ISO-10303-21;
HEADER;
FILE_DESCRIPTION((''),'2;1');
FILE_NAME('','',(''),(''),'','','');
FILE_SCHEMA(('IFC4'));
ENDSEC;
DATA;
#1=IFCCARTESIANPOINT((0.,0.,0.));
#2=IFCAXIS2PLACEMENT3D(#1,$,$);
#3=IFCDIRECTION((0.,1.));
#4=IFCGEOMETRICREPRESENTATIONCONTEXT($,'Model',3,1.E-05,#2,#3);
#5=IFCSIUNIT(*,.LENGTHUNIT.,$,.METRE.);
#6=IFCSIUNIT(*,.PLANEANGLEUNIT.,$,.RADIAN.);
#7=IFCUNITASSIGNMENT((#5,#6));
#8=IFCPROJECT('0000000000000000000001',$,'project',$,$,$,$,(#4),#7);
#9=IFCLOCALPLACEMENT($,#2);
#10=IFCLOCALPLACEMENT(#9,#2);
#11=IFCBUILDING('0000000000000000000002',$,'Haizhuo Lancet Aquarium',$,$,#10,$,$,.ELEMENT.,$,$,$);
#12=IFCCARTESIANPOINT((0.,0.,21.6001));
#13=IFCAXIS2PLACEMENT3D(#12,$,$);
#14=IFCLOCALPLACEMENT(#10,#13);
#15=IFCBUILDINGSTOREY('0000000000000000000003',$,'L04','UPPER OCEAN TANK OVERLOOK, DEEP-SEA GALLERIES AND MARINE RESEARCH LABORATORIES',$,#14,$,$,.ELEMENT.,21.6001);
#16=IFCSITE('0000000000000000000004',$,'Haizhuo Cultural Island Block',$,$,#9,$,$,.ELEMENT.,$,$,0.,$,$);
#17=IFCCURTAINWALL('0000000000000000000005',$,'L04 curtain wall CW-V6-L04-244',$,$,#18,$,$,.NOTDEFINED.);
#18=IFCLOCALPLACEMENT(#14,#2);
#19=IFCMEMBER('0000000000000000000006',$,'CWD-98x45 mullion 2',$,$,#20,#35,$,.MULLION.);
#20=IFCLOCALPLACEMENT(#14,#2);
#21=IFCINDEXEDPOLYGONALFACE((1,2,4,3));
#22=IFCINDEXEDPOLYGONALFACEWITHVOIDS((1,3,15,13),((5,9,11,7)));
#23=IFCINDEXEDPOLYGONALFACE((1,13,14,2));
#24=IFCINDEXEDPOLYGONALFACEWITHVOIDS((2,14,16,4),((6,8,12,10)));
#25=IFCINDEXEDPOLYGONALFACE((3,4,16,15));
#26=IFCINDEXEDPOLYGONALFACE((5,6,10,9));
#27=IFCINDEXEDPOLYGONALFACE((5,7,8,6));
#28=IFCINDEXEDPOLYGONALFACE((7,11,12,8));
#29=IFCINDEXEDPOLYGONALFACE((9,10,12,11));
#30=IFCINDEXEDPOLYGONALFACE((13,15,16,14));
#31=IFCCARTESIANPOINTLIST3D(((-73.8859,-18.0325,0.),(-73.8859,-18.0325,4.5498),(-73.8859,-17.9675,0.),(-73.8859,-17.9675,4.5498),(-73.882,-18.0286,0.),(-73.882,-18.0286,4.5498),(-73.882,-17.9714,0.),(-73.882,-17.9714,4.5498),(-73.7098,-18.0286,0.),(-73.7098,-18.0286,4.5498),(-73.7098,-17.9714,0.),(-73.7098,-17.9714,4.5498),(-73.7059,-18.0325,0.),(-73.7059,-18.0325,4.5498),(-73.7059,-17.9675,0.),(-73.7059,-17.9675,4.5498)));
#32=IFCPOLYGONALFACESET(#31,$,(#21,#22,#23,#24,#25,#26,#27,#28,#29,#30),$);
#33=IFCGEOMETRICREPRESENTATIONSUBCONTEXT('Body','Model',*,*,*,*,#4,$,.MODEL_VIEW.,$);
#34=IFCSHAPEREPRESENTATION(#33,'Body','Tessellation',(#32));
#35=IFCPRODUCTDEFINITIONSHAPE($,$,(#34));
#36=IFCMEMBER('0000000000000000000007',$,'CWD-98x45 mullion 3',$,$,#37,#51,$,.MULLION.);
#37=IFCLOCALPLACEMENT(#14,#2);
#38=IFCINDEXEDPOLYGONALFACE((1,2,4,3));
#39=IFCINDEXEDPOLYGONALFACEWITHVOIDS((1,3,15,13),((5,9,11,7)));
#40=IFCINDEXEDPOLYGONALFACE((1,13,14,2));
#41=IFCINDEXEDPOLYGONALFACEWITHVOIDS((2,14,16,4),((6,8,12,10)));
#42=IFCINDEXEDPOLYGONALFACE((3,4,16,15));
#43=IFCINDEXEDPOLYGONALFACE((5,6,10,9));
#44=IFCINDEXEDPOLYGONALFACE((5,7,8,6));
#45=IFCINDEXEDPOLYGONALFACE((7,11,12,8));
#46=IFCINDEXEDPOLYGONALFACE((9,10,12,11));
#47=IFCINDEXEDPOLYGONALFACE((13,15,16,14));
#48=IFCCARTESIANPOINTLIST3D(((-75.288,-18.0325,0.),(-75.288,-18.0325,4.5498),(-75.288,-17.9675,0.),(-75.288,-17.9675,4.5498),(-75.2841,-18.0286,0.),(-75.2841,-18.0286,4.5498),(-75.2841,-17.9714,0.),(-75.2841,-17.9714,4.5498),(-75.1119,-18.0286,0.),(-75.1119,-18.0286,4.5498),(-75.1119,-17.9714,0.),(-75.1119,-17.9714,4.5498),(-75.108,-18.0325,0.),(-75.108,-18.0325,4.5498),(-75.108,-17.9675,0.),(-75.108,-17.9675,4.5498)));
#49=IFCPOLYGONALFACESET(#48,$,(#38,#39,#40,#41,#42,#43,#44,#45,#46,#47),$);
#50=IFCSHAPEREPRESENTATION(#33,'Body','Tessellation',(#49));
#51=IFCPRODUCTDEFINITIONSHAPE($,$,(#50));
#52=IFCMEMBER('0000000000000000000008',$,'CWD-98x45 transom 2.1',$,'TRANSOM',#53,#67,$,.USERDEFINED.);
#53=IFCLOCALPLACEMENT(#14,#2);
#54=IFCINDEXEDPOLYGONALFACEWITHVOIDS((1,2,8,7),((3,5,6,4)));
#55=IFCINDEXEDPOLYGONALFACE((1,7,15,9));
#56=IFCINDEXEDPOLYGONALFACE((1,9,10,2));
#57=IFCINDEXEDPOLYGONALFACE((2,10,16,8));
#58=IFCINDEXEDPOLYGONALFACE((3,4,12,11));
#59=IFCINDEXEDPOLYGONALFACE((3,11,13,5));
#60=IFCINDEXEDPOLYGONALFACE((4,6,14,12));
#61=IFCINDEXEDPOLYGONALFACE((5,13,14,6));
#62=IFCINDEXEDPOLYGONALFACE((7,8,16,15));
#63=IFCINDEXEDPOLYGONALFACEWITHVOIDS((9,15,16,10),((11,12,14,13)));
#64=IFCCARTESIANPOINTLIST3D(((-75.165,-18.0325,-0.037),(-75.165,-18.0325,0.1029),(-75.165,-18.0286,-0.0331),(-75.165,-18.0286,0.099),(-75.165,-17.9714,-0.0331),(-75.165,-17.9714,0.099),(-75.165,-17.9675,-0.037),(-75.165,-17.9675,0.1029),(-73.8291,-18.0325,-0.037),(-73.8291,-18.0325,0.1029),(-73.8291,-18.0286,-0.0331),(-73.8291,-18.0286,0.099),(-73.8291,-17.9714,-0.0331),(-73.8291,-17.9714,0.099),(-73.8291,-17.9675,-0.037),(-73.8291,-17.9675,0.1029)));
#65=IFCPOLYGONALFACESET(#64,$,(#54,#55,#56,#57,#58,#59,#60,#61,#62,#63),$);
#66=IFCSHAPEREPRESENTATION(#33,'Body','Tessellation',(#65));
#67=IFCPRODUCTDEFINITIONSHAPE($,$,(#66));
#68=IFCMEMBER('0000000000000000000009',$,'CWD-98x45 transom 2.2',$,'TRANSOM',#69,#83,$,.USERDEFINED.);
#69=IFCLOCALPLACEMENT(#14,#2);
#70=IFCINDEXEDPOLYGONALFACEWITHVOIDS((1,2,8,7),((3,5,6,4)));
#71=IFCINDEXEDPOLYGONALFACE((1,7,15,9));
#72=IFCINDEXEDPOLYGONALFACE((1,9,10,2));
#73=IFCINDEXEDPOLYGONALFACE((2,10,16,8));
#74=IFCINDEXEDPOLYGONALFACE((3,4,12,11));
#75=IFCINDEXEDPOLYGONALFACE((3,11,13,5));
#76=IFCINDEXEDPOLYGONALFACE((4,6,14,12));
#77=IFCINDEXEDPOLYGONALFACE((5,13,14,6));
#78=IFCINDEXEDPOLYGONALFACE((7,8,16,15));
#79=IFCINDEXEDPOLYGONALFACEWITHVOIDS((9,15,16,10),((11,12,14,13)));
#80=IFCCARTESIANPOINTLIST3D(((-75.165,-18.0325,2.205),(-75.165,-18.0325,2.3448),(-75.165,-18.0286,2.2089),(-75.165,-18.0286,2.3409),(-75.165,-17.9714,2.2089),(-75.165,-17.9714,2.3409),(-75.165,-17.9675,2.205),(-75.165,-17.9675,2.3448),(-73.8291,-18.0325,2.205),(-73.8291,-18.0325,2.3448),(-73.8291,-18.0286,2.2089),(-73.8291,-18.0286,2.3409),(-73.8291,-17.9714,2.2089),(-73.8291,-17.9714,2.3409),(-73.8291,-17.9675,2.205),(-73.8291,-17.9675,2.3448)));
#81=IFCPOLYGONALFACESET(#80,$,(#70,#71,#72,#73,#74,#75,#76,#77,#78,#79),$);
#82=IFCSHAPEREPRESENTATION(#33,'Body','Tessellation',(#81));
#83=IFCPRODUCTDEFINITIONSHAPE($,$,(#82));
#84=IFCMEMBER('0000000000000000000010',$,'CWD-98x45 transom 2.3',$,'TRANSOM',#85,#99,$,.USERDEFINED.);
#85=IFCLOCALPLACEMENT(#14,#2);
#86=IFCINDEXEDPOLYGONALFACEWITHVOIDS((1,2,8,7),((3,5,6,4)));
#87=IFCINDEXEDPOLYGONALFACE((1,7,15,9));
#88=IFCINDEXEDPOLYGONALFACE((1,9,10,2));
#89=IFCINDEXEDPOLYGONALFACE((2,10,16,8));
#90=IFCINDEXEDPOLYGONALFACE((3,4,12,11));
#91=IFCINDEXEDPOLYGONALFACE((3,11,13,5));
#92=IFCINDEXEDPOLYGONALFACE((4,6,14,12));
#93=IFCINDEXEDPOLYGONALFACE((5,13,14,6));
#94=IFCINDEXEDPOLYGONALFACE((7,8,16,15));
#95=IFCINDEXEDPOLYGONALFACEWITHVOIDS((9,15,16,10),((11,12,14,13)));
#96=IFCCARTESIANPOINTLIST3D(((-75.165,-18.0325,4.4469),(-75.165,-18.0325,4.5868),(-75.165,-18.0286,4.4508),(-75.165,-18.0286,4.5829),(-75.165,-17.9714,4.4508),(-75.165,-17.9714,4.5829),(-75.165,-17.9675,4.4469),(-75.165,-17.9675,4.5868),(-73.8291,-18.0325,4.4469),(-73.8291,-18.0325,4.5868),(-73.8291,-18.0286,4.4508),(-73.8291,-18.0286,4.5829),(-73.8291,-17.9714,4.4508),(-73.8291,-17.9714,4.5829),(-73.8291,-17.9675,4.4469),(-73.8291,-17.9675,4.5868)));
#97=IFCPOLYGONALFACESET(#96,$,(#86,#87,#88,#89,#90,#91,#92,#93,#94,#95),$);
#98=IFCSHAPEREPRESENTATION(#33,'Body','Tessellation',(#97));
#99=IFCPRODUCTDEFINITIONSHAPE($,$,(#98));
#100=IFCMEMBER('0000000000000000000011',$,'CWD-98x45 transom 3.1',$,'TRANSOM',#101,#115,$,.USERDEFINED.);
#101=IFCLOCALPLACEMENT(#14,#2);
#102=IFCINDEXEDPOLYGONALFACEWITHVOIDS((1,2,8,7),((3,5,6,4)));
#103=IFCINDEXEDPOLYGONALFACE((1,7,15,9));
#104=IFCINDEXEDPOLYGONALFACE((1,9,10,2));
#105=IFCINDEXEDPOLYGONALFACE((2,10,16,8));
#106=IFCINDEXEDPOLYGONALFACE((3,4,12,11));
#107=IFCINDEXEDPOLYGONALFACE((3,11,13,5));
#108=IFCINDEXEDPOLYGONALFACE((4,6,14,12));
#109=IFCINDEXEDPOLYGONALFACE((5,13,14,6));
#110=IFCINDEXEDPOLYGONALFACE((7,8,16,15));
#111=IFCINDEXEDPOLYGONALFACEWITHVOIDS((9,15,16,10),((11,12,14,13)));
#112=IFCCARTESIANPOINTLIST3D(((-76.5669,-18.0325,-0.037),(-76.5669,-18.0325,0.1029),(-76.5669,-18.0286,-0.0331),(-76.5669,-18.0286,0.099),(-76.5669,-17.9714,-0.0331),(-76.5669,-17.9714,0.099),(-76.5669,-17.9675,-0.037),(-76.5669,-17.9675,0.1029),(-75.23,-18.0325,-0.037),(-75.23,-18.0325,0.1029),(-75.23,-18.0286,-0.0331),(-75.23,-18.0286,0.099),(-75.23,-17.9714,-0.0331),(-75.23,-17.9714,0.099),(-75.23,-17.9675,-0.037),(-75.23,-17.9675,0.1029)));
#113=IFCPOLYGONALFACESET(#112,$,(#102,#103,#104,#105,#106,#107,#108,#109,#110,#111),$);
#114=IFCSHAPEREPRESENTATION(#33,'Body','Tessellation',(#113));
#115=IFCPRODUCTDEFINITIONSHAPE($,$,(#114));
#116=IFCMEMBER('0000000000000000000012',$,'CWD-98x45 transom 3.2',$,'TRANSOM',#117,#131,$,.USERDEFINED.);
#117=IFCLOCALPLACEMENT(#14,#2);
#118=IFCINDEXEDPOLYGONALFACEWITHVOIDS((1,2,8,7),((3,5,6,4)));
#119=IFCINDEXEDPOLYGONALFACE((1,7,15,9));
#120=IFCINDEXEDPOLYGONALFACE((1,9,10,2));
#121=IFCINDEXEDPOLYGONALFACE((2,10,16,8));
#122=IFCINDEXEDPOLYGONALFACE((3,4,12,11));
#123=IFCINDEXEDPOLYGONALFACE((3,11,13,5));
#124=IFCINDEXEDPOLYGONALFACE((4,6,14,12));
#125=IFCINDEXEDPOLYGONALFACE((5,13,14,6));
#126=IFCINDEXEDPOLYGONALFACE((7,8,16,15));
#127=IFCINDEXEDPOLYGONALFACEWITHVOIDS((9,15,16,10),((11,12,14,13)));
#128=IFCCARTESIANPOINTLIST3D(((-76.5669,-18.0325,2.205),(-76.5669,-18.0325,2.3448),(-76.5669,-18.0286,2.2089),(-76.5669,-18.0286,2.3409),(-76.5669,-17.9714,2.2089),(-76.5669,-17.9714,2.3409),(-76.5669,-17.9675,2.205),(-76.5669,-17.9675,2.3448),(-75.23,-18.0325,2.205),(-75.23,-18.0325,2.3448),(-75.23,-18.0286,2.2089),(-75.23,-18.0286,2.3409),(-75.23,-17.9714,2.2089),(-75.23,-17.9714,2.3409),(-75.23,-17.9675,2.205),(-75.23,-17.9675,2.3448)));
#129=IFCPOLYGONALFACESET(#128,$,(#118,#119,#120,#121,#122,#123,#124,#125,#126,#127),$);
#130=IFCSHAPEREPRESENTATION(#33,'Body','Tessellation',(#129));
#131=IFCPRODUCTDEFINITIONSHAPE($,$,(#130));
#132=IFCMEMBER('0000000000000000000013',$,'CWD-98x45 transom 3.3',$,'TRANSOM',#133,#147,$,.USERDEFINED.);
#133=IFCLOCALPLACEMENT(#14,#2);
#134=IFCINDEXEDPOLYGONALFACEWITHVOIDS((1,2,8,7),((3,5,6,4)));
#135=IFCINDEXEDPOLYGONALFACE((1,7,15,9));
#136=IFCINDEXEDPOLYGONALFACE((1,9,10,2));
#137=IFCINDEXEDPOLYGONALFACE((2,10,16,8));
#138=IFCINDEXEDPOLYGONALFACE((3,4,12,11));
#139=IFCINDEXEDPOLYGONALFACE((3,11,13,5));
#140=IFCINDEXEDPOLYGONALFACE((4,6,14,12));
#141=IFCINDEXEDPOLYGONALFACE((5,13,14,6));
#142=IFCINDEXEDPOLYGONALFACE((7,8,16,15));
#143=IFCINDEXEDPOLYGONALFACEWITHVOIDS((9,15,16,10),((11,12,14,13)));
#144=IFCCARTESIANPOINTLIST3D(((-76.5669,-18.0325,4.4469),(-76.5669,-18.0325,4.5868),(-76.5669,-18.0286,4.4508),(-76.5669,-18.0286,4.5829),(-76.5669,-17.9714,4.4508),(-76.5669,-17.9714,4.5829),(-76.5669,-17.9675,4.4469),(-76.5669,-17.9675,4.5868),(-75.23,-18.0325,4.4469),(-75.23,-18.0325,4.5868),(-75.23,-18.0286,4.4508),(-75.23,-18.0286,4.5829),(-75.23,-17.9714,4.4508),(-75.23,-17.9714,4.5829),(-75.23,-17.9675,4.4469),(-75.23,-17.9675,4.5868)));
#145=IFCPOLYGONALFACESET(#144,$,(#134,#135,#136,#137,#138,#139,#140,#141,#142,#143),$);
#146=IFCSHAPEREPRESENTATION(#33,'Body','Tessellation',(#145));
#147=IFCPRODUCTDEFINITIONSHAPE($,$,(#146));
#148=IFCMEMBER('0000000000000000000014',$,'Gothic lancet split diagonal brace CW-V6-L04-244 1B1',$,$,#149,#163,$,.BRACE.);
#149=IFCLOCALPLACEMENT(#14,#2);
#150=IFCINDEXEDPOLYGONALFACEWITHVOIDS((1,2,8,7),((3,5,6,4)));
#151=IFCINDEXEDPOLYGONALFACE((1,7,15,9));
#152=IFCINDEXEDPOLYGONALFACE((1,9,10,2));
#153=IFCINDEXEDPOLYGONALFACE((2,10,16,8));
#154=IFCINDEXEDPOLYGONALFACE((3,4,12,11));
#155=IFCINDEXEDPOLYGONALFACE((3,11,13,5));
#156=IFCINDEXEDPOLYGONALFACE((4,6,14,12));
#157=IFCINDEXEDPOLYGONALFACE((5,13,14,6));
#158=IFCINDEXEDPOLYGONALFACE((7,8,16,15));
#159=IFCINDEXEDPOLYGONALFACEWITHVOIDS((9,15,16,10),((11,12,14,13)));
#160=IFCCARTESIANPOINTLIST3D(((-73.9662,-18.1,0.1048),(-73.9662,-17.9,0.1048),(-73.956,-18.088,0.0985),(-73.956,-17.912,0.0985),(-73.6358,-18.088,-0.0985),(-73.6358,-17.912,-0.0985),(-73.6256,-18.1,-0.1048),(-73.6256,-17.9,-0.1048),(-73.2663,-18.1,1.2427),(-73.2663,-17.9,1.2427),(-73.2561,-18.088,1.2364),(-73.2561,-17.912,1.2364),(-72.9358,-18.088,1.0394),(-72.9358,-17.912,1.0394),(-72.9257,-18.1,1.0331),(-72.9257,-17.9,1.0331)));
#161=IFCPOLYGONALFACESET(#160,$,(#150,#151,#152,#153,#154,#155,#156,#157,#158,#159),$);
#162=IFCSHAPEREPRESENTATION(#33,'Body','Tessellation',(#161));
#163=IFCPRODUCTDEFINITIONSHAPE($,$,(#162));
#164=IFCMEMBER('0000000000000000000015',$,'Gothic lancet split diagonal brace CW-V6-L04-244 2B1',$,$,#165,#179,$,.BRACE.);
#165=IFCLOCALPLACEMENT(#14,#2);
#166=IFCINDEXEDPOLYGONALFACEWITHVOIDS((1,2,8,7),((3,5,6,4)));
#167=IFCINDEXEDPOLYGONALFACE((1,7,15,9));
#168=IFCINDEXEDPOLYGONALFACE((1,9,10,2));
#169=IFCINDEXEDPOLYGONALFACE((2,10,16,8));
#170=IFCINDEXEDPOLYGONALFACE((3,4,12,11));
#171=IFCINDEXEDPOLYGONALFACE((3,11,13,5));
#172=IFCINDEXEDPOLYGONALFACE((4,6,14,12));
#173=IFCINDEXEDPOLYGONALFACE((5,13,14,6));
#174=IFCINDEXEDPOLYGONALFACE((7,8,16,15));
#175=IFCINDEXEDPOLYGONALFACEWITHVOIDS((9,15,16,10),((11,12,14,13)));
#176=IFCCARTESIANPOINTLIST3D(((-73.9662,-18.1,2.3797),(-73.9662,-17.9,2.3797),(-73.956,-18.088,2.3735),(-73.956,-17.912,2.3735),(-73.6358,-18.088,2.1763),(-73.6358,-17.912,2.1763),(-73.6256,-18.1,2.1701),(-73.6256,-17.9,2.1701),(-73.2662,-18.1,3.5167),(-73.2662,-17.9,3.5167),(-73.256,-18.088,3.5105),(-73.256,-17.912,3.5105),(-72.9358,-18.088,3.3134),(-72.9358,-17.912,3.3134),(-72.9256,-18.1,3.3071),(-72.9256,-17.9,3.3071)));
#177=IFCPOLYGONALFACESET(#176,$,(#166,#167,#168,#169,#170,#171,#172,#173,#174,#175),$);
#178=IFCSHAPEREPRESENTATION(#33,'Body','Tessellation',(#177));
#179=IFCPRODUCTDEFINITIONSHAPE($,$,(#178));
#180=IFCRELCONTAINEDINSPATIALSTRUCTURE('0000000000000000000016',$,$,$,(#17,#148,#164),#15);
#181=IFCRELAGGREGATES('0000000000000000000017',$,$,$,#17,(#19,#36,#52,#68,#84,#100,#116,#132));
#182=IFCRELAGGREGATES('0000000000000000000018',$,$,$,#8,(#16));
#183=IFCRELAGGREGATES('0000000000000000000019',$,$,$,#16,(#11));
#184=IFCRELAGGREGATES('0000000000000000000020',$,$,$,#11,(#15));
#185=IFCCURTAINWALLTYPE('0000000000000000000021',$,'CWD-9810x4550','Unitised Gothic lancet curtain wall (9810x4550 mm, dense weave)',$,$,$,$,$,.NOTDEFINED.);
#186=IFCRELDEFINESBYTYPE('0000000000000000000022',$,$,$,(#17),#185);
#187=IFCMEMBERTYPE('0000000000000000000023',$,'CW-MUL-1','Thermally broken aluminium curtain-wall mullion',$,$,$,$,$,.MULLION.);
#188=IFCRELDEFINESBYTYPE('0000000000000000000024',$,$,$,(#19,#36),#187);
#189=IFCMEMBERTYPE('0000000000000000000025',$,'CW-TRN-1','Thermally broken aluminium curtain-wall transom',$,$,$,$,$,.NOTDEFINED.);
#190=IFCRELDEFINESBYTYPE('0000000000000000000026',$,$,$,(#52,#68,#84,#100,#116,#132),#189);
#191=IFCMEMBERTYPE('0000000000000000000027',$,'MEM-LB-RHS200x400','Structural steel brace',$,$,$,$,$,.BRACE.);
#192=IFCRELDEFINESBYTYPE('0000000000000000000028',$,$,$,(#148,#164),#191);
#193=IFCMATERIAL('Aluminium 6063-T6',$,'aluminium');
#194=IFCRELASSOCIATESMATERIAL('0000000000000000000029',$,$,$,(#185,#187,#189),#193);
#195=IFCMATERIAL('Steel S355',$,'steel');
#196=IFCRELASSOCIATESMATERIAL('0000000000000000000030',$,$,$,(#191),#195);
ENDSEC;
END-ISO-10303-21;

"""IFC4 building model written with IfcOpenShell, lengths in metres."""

from ifc_helpers import new_model, si_unit, direction, frame, origin, origin_2d, place, context, subcontext, project, spatial, hollow_rectangle, extrude, material, material_profile, profile_set, type_object, element, aggregate, save


model = new_model("IFC4")

# Units and contexts
model_context = context("Model", 3, precision=1e-05, world=origin(), true_north=direction((0.0, 1.0)))
body_context = subcontext(model_context, "Body", "Model", "MODEL_VIEW")
ifc_project = project(units=[si_unit("LENGTHUNIT", "METRE"), si_unit("PLANEANGLEUNIT", "RADIAN")], contexts=[model_context])

# Site, building, storey
site_placement = place(None, origin())
site = spatial("IfcSite", under=ifc_project, at=site_placement, Name="Haizhuo Cultural Island Block", CompositionType="ELEMENT", RefElevation=0.0)
building_placement = place(site_placement, origin())
building = spatial("IfcBuilding", under=site, at=building_placement, Name="Haizhuo Lancet Aquarium", CompositionType="ELEMENT")
storey_placement = place(building_placement, frame((0.0, 0.0, 21.6001)))
storey = spatial("IfcBuildingStorey", under=building, at=storey_placement, Name="L04", Description="UPPER OCEAN TANK OVERLOOK, DEEP-SEA GALLERIES AND MARINE RESEARCH LABORATORIES", CompositionType="ELEMENT", Elevation=21.6001)

# Curtain wall, members
ifc_material_1 = material(Name="Aluminium 6063-T6", Category="aluminium")
curtain_wall_type = type_object("IfcCurtainWallType", Name="CWD-9810x4550", Description="Unitised Gothic lancet curtain wall (9810x4550 mm, dense weave)", PredefinedType="NOTDEFINED", material=ifc_material_1)
curtain_wall_placement = place(storey_placement, origin())
curtain_wall = element("IfcCurtainWall", 1, at=curtain_wall_placement, inside=storey, type_object=curtain_wall_type, Name="L04 curtain wall CW-V6-L04-244", PredefinedType="NOTDEFINED")
ifc_material_profile_1 = material_profile(ifc_material_1, hollow_rectangle(XDim=0.0649, YDim=0.1799, WallThickness=0.0039, at=origin_2d()), Name="ALU-M 65x180x4")
ifc_profile_set_1 = profile_set([ifc_material_profile_1], Name="Aluminium 6063-T6")
member_type_1 = type_object("IfcMemberType", Name="CW-MUL-1", Description="Thermally broken aluminium curtain-wall mullion", PredefinedType="MULLION", material=ifc_profile_set_1)
member_1_placement = place(storey_placement, frame((-73.7959, -18.0, 0.0), z_axis=(0.0, 0.0, 1.0), x_axis=(0.0, -1.0, 0.0)))
member_1 = element("IfcMember", 2, at=member_1_placement, type_object=member_type_1, Name="CWD-98x45 mullion 2", PredefinedType="MULLION", context=body_context, shape_type="SweptSolid", body=[
    extrude(hollow_rectangle(XDim=0.0649, YDim=0.1799, WallThickness=0.0039, at=origin_2d()), origin(), (0.0, 0.0, 1.0), 4.5498),
])
member_2_placement = place(storey_placement, frame((-75.198, -18.0, 0.0), z_axis=(0.0, 0.0, 1.0), x_axis=(0.0, -1.0, 0.0)))
member_2 = element("IfcMember", 3, at=member_2_placement, type_object=member_type_1, Name="CWD-98x45 mullion 3", PredefinedType="MULLION", context=body_context, shape_type="SweptSolid", body=[
    extrude(hollow_rectangle(XDim=0.0649, YDim=0.1799, WallThickness=0.0039, at=origin_2d()), origin(), (0.0, 0.0, 1.0), 4.5498),
])
ifc_material_profile_2 = material_profile(ifc_material_1, hollow_rectangle(XDim=0.0649, YDim=0.1399, WallThickness=0.0039, at=origin_2d()), Name="ALU-T 65x140x4")
ifc_profile_set_2 = profile_set([ifc_material_profile_2], Name="Aluminium 6063-T6")
member_type_2 = type_object("IfcMemberType", Name="CW-TRN-1", Description="Thermally broken aluminium curtain-wall transom", PredefinedType="NOTDEFINED", material=ifc_profile_set_2)
member_3_placement = place(storey_placement, frame((-73.8291, -18.0, 0.033), z_axis=(-1.0, 0.0, 0.0), x_axis=(0.0, -1.0, 0.0)))
member_3 = element("IfcMember", 4, at=member_3_placement, type_object=member_type_2, Name="CWD-98x45 transom 2.1", ObjectType="TRANSOM", PredefinedType="USERDEFINED", context=body_context, shape_type="SweptSolid", body=[
    extrude(hollow_rectangle(XDim=0.0649, YDim=0.1399, WallThickness=0.0039, at=origin_2d()), origin(), (0.0, 0.0, 1.0), 1.3359),
])
member_4_placement = place(storey_placement, frame((-73.8291, -18.0, 2.2749), z_axis=(-1.0, 0.0, 0.0), x_axis=(0.0, -1.0, 0.0)))
member_4 = element("IfcMember", 5, at=member_4_placement, type_object=member_type_2, Name="CWD-98x45 transom 2.2", ObjectType="TRANSOM", PredefinedType="USERDEFINED", context=body_context, shape_type="SweptSolid", body=[
    extrude(hollow_rectangle(XDim=0.0649, YDim=0.1399, WallThickness=0.0039, at=origin_2d()), origin(), (0.0, 0.0, 1.0), 1.3359),
])
member_5_placement = place(storey_placement, frame((-73.8291, -18.0, 4.5168), z_axis=(-1.0, 0.0, 0.0), x_axis=(0.0, -1.0, 0.0)))
member_5 = element("IfcMember", 6, at=member_5_placement, type_object=member_type_2, Name="CWD-98x45 transom 2.3", ObjectType="TRANSOM", PredefinedType="USERDEFINED", context=body_context, shape_type="SweptSolid", body=[
    extrude(hollow_rectangle(XDim=0.0649, YDim=0.1399, WallThickness=0.0039, at=origin_2d()), origin(), (0.0, 0.0, 1.0), 1.3359),
])
member_6_placement = place(storey_placement, frame((-75.23, -18.0, 0.033), z_axis=(-1.0, 0.0, 0.0), x_axis=(0.0, -1.0, 0.0)))
member_6 = element("IfcMember", 7, at=member_6_placement, type_object=member_type_2, Name="CWD-98x45 transom 3.1", ObjectType="TRANSOM", PredefinedType="USERDEFINED", context=body_context, shape_type="SweptSolid", body=[
    extrude(hollow_rectangle(XDim=0.0649, YDim=0.1399, WallThickness=0.0039, at=origin_2d()), origin(), (0.0, 0.0, 1.0), 1.3369),
])
member_7_placement = place(storey_placement, frame((-75.23, -18.0, 2.2749), z_axis=(-1.0, 0.0, 0.0), x_axis=(0.0, -1.0, 0.0)))
member_7 = element("IfcMember", 8, at=member_7_placement, type_object=member_type_2, Name="CWD-98x45 transom 3.2", ObjectType="TRANSOM", PredefinedType="USERDEFINED", context=body_context, shape_type="SweptSolid", body=[
    extrude(hollow_rectangle(XDim=0.0649, YDim=0.1399, WallThickness=0.0039, at=origin_2d()), origin(), (0.0, 0.0, 1.0), 1.3369),
])
member_8_placement = place(storey_placement, frame((-75.23, -18.0, 4.5168), z_axis=(-1.0, 0.0, 0.0), x_axis=(0.0, -1.0, 0.0)))
member_8 = element("IfcMember", 9, at=member_8_placement, type_object=member_type_2, Name="CWD-98x45 transom 3.3", ObjectType="TRANSOM", PredefinedType="USERDEFINED", context=body_context, shape_type="SweptSolid", body=[
    extrude(hollow_rectangle(XDim=0.0649, YDim=0.1399, WallThickness=0.0039, at=origin_2d()), origin(), (0.0, 0.0, 1.0), 1.3369),
])

# Members
ifc_material_2 = material(Name="Steel S355", Category="steel")
ifc_material_profile_3 = material_profile(ifc_material_2, hollow_rectangle(XDim=0.2, YDim=0.3999, WallThickness=0.012, at=origin_2d()), Name="RHS 200x400x12")
ifc_profile_set_3 = profile_set([ifc_material_profile_3], Name="Steel S355")
member_type_3 = type_object("IfcMemberType", Name="MEM-LB-RHS200x400", Description="Structural steel brace", PredefinedType="BRACE", material=ifc_profile_set_3)
member_9_placement = place(storey_placement, frame((-73.7959, -18.0, 0.0), z_axis=(0.523924, 0.0, 0.851765), x_axis=(0.0, 1.0, 0.0)))
element("IfcMember", 10, at=member_9_placement, inside=storey, type_object=member_type_3, Name="Gothic lancet split diagonal brace CW-V6-L04-244 1B1", PredefinedType="BRACE", context=body_context, shape_type="SweptSolid", body=[
    extrude(hollow_rectangle(XDim=0.2, YDim=0.3999, WallThickness=0.012, at=origin_2d()), origin(), (0.0, 0.0, 1.0), 1.3359),
])
member_10_placement = place(storey_placement, frame((-73.7959, -18.0, 2.2749), z_axis=(0.52425, 0.0, 0.851564), x_axis=(0.0, 1.0, 0.0)))
element("IfcMember", 11, at=member_10_placement, inside=storey, type_object=member_type_3, Name="Gothic lancet split diagonal brace CW-V6-L04-244 2B1", PredefinedType="BRACE", context=body_context, shape_type="SweptSolid", body=[
    extrude(hollow_rectangle(XDim=0.2, YDim=0.3999, WallThickness=0.012, at=origin_2d()), origin(), (0.0, 0.0, 1.0), 1.3352),
])

aggregate(curtain_wall, [member_1, member_2, member_3, member_4, member_5, member_6, member_7, member_8])

save(model, "model.ifc")
